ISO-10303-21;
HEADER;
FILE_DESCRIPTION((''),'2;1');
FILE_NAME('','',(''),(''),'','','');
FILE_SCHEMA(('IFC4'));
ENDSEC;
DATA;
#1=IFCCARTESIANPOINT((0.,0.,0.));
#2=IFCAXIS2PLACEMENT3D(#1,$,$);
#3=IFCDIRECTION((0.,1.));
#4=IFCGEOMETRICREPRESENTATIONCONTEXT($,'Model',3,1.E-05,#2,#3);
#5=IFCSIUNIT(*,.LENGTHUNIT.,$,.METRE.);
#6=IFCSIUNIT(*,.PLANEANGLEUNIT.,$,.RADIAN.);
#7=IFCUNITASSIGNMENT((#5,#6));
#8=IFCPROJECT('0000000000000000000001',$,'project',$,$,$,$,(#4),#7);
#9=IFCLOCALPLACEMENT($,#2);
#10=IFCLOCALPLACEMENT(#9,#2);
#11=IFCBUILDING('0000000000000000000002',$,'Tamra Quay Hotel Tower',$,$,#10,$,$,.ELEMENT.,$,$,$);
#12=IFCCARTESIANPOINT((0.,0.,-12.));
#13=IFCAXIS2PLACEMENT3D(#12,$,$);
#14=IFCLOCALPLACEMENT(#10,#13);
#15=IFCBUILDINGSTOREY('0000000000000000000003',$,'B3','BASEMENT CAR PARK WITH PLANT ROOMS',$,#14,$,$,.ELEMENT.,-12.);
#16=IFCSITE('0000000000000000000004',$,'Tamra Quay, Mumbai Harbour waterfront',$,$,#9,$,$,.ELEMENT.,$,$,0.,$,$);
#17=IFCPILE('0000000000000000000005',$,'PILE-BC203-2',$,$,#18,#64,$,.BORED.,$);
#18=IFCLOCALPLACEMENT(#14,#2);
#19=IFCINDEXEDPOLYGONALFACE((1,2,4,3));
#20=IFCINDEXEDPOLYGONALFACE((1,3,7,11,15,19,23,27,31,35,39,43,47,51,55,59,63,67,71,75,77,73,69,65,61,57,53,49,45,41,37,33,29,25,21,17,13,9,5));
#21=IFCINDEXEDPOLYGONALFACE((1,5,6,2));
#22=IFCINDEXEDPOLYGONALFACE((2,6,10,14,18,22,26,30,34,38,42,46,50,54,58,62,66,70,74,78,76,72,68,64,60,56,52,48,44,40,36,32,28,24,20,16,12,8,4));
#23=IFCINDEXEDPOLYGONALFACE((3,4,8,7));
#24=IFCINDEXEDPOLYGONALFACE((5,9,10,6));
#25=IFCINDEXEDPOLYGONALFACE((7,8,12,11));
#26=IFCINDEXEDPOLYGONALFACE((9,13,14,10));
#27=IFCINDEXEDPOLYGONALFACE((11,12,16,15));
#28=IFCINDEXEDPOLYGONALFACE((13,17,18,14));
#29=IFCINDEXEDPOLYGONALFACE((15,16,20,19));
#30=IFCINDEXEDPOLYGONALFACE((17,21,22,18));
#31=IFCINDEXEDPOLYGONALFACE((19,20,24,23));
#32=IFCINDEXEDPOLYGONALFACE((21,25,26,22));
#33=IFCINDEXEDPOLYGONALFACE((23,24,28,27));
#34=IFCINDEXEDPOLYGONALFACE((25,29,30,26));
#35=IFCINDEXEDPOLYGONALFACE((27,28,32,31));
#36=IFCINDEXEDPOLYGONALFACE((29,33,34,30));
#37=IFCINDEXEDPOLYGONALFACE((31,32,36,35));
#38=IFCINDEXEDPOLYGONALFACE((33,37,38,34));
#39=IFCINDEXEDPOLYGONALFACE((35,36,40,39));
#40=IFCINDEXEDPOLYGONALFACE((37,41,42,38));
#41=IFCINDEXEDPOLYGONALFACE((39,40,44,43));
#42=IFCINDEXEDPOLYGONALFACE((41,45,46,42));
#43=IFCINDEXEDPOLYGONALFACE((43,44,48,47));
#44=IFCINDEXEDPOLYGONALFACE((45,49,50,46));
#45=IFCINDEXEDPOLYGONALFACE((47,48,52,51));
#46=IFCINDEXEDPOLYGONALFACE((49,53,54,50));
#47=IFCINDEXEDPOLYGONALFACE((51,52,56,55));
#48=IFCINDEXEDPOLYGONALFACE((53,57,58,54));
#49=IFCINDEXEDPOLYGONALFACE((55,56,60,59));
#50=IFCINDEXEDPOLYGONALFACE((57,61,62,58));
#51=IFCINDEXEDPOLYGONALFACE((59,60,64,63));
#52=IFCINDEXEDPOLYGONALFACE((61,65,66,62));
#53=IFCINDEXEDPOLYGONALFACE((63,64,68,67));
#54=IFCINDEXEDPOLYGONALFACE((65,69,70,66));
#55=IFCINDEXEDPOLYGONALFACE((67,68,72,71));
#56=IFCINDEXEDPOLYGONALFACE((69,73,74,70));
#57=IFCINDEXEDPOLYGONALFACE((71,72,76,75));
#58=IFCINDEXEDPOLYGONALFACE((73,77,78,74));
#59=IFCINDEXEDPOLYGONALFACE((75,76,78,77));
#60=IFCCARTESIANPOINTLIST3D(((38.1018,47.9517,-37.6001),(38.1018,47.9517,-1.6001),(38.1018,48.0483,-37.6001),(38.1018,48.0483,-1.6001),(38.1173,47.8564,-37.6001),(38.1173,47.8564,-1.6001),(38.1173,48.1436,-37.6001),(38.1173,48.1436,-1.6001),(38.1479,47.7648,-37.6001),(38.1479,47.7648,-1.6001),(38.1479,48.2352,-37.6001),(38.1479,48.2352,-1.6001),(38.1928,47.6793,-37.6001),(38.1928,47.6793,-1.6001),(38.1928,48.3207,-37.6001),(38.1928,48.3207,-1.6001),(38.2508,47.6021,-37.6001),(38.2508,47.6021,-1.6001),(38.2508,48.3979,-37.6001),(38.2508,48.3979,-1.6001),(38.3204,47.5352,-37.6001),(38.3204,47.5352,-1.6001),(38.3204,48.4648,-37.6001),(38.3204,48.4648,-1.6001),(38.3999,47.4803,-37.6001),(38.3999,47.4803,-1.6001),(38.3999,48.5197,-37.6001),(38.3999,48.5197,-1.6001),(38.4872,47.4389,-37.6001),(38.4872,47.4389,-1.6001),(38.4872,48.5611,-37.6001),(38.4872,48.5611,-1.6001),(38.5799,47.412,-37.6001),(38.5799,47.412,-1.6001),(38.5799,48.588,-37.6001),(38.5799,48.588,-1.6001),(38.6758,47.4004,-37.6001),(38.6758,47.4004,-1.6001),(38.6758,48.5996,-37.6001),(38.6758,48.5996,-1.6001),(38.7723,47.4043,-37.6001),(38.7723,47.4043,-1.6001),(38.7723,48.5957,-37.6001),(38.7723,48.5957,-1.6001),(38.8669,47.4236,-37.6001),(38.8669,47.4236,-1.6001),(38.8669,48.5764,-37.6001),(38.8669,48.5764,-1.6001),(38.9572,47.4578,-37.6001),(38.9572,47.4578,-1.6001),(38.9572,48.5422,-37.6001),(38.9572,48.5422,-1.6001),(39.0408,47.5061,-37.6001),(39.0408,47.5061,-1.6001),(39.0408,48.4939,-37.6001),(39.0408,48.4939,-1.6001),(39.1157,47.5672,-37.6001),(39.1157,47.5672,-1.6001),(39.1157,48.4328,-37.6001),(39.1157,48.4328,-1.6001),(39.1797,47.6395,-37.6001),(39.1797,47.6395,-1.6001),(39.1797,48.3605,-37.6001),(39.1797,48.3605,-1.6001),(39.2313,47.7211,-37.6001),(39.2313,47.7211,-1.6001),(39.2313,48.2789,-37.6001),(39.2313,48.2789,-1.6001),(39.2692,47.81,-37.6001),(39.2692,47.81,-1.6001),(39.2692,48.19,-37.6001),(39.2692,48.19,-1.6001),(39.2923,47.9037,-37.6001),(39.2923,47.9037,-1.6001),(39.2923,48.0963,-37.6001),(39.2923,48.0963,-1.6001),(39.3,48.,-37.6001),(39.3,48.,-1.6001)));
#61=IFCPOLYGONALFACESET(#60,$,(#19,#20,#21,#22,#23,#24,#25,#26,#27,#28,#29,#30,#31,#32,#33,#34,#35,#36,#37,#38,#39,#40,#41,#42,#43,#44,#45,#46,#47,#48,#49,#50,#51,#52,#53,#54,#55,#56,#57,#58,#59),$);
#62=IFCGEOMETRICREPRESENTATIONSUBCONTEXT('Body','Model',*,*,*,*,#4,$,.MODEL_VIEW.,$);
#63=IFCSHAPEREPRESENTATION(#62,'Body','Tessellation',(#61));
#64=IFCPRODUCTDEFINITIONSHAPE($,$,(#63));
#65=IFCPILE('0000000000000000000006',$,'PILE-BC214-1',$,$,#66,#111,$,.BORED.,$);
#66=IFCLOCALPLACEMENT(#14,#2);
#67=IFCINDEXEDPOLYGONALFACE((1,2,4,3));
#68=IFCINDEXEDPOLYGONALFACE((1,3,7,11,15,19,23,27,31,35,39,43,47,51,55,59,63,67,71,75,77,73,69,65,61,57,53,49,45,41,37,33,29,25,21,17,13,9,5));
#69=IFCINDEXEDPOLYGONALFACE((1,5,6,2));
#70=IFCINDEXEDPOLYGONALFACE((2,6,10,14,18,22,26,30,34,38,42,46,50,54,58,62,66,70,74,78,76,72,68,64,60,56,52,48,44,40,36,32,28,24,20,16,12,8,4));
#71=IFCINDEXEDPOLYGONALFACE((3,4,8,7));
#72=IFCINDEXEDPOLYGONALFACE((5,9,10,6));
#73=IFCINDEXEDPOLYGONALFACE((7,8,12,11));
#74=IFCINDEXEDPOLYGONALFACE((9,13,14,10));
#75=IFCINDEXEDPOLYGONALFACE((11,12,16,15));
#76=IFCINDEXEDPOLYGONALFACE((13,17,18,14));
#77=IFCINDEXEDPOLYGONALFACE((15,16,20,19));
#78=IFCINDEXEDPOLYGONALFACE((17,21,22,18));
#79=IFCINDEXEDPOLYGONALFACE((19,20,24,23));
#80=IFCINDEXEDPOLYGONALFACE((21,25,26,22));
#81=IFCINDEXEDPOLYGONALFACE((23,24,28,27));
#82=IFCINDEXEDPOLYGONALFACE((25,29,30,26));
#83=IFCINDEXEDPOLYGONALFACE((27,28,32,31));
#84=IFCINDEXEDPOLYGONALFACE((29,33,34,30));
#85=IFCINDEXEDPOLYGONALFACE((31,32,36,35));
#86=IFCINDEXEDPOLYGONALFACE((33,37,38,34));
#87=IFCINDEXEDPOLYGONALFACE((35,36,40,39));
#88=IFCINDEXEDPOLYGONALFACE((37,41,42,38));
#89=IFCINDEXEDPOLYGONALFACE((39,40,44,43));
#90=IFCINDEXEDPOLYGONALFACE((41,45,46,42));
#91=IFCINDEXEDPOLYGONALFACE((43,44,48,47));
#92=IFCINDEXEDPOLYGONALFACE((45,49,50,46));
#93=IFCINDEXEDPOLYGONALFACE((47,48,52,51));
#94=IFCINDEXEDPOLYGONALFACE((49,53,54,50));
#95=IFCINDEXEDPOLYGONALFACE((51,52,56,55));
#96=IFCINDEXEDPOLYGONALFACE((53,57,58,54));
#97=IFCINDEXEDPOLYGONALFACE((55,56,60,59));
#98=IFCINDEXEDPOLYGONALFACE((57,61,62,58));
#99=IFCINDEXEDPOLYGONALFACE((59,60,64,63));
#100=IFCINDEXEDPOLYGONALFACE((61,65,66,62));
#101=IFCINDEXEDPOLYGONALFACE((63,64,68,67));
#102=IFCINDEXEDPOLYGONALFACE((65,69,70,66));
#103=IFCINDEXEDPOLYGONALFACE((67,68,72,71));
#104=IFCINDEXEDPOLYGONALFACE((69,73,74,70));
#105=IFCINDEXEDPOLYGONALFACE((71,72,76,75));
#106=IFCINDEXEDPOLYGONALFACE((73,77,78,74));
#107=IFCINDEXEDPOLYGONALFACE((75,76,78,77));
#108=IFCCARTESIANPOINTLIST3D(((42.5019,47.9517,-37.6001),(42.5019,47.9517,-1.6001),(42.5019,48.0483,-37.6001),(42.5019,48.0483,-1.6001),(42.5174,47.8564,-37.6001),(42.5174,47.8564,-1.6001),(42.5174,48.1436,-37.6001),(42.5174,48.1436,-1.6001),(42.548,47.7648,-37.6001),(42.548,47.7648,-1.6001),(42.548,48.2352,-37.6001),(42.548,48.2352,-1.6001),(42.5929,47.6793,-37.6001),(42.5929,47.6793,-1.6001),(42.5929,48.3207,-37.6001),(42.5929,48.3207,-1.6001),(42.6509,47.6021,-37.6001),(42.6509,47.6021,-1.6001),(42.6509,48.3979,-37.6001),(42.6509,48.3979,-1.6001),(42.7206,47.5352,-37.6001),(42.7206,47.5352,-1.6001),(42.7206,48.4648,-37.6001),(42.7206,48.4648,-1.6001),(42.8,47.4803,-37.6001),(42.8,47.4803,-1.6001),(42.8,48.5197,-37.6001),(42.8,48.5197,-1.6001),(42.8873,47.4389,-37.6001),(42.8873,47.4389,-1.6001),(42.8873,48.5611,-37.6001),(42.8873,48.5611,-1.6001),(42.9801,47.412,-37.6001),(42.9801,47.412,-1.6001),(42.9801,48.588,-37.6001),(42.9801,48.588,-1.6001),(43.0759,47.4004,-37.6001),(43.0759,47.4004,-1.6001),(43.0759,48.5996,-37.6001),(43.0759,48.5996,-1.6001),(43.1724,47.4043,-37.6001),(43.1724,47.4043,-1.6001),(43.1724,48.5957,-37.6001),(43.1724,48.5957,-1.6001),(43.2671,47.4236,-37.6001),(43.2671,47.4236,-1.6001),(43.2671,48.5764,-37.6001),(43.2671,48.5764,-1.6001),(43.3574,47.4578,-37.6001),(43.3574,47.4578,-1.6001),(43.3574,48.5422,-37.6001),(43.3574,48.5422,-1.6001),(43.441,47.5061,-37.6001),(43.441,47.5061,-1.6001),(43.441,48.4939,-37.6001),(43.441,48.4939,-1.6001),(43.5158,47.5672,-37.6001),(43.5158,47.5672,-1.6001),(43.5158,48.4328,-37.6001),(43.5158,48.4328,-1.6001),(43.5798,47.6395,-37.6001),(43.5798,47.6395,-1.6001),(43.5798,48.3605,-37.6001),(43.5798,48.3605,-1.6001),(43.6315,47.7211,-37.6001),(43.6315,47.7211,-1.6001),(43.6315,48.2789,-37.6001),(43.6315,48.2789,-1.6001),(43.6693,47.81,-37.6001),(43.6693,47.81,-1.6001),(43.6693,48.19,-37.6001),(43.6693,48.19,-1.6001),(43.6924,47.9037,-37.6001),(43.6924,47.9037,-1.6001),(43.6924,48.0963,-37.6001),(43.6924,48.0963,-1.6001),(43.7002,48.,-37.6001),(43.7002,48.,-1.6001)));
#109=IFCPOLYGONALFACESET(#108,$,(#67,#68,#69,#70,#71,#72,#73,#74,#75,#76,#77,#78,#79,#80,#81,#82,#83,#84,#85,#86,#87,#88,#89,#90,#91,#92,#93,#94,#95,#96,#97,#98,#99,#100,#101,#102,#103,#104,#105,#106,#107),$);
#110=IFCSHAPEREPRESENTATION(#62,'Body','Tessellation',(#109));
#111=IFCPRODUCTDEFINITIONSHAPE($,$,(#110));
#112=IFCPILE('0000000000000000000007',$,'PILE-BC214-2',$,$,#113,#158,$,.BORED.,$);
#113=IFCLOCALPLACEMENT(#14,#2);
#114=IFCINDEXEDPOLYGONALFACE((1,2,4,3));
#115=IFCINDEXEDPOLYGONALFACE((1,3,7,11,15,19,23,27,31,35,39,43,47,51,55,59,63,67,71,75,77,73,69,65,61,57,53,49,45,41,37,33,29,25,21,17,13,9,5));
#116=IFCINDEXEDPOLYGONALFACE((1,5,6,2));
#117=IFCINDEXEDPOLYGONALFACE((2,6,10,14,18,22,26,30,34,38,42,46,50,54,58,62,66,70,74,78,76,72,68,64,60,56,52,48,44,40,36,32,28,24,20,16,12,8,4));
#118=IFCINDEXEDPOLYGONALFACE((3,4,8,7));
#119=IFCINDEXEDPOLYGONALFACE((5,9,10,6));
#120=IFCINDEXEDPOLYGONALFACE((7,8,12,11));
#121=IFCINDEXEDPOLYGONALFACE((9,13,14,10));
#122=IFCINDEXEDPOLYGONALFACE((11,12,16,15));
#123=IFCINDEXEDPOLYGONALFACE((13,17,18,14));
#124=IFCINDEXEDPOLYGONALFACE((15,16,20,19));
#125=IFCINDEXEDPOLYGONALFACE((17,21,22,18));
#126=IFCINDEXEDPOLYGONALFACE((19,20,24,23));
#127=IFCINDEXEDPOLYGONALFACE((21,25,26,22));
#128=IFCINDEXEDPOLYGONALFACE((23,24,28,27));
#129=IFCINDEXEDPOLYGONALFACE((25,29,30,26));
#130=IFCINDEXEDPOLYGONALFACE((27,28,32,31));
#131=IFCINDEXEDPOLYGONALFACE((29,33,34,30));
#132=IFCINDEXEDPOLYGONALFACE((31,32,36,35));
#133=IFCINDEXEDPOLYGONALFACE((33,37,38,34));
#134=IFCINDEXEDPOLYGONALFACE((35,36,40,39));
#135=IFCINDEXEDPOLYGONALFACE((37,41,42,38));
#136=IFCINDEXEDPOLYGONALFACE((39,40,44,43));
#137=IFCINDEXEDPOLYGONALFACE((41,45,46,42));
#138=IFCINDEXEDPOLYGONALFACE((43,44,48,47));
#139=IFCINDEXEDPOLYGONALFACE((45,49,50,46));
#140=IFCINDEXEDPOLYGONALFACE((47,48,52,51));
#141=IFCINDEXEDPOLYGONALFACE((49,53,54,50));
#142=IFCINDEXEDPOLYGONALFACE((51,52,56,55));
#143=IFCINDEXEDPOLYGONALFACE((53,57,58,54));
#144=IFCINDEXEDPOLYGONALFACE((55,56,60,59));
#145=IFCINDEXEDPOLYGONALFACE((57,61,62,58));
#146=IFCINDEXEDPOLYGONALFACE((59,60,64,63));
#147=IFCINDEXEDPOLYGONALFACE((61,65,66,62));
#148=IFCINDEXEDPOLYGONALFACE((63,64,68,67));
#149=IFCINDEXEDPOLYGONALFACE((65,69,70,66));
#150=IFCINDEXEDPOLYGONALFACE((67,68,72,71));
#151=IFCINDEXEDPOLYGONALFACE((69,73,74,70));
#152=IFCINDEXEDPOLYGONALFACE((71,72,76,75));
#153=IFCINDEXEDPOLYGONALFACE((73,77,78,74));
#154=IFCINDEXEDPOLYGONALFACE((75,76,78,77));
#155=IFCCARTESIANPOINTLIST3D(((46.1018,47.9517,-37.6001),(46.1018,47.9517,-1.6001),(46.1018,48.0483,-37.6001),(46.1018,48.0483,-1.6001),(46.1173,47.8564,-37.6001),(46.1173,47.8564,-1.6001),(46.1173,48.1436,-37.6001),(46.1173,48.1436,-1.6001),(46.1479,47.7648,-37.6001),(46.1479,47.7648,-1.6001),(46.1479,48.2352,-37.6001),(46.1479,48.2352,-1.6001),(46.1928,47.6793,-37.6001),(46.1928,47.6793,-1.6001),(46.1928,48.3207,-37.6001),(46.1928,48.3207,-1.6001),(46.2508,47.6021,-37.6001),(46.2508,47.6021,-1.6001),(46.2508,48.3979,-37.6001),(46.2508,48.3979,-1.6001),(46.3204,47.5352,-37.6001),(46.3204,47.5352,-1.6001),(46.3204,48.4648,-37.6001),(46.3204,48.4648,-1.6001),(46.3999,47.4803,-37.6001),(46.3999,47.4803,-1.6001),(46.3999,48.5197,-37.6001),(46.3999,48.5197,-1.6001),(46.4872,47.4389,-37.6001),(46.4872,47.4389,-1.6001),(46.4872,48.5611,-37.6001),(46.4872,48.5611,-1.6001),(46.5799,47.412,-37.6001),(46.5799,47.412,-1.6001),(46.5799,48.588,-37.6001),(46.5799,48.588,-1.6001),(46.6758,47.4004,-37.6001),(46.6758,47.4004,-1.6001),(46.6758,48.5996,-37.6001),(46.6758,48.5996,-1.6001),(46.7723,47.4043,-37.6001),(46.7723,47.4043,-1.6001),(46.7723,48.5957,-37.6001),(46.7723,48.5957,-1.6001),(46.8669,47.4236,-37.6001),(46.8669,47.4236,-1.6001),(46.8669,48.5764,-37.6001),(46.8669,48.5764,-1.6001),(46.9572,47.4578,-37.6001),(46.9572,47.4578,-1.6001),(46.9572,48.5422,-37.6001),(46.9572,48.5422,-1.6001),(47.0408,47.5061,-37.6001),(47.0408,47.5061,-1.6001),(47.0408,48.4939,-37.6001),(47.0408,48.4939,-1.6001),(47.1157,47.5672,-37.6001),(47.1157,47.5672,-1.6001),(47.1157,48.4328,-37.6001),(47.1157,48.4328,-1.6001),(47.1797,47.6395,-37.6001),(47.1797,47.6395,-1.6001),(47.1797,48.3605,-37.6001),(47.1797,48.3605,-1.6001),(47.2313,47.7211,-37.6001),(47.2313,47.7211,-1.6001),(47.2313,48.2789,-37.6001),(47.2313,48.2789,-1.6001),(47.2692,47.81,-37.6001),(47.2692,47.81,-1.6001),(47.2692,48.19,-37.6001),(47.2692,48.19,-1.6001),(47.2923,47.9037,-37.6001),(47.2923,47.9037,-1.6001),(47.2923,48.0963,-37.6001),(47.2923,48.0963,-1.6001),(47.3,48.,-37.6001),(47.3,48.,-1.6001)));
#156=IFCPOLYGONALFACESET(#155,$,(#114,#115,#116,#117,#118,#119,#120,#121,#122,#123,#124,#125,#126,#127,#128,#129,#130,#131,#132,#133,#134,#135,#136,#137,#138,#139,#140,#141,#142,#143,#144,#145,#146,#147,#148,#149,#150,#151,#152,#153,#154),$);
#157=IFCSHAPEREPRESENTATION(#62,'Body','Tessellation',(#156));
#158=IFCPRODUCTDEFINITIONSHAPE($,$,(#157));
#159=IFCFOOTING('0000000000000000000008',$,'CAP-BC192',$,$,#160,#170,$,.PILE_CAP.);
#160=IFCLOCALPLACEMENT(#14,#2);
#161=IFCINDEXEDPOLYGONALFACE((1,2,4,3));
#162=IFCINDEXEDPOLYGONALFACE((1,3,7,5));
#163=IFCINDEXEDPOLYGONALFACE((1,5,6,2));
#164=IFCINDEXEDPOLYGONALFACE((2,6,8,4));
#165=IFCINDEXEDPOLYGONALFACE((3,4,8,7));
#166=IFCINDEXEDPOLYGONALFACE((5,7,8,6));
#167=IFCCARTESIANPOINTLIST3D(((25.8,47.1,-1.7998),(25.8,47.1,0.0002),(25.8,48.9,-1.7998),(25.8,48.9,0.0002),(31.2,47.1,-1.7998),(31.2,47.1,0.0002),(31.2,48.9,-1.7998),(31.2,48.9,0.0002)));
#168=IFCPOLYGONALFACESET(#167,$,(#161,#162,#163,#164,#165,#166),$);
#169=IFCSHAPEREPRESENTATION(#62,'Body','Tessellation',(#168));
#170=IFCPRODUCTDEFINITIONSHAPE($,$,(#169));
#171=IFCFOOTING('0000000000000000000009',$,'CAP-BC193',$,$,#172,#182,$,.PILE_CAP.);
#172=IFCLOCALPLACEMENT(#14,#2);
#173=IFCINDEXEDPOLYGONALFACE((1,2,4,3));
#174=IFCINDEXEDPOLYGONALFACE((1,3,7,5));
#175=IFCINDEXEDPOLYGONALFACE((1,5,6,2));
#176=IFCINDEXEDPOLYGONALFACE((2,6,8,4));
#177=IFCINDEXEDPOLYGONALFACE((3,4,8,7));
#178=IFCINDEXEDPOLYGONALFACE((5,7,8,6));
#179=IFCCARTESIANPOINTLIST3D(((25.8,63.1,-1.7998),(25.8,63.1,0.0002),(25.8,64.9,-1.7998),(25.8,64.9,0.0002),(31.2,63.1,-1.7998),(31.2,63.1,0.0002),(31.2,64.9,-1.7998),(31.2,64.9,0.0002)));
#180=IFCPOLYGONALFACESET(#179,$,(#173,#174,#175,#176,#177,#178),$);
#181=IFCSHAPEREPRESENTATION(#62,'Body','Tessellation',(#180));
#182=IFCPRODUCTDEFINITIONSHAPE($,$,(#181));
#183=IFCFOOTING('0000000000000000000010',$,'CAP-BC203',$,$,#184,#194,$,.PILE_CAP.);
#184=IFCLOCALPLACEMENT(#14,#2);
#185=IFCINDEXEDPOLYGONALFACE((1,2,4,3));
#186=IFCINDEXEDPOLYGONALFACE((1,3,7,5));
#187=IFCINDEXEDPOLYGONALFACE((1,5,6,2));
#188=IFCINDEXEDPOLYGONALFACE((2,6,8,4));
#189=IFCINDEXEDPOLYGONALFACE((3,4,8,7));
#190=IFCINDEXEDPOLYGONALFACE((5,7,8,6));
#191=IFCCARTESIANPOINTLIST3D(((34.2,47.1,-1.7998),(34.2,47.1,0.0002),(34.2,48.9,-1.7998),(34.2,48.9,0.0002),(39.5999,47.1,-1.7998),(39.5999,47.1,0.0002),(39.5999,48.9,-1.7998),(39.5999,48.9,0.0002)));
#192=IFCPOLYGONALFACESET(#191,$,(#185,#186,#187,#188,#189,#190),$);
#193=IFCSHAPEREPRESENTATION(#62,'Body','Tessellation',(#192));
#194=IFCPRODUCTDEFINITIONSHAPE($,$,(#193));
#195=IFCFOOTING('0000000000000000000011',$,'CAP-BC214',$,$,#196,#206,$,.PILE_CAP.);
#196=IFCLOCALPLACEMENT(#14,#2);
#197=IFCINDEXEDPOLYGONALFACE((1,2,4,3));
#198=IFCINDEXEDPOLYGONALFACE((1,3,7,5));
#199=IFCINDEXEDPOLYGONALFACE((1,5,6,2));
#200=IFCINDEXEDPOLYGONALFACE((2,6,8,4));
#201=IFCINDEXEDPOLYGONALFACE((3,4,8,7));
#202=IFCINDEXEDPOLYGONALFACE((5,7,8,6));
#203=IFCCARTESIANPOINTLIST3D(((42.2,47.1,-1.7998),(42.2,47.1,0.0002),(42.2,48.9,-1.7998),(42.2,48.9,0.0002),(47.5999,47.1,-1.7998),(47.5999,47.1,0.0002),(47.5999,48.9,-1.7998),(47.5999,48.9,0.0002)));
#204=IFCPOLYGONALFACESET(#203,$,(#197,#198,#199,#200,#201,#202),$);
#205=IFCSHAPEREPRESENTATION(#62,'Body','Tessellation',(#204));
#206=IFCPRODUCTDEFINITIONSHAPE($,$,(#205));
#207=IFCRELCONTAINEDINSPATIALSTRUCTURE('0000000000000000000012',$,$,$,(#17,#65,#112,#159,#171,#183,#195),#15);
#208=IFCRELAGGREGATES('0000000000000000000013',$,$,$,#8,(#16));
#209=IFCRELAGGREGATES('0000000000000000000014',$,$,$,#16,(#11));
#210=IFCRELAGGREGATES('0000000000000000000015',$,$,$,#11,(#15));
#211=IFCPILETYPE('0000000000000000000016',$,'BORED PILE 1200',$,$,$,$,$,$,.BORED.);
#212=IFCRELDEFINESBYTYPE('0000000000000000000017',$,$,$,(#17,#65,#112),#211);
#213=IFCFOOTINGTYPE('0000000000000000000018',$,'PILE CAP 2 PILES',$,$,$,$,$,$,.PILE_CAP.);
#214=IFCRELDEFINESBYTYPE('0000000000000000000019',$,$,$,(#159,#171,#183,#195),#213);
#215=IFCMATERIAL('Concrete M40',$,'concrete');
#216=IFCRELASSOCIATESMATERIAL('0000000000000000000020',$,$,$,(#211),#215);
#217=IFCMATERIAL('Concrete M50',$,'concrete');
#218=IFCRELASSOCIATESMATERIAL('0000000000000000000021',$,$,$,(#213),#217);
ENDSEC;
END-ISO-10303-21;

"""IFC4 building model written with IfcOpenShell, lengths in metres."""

from ifc_helpers import new_model, si_unit, direction, frame, origin, origin_2d, place, context, subcontext, project, spatial, rectangle, circle, extrude, material, material_profile, profile_set, type_object, element, save


model = new_model("IFC4")

# Units and contexts
model_context = context("Model", 3, precision=1e-05, world=origin(), true_north=direction((0.0, 1.0)))
body_context = subcontext(model_context, "Body", "Model", "MODEL_VIEW")
ifc_project = project(units=[si_unit("LENGTHUNIT", "METRE"), si_unit("PLANEANGLEUNIT", "RADIAN")], contexts=[model_context])

# Site, building, storey
site_placement = place(None, origin())
site = spatial("IfcSite", under=ifc_project, at=site_placement, Name="Tamra Quay, Mumbai Harbour waterfront", CompositionType="ELEMENT", RefElevation=0.0)
building_placement = place(site_placement, origin())
building = spatial("IfcBuilding", under=site, at=building_placement, Name="Tamra Quay Hotel Tower", CompositionType="ELEMENT")
storey_placement = place(building_placement, frame((0.0, 0.0, -12.0)))
storey = spatial("IfcBuildingStorey", under=building, at=storey_placement, Name="B3", Description="BASEMENT CAR PARK WITH PLANT ROOMS", CompositionType="ELEMENT", Elevation=-12.0)

# Piles
ifc_material_1 = material(Name="Concrete M40", Category="concrete")
ifc_material_profile_1 = material_profile(ifc_material_1, circle(Radius=0.6001, at=origin_2d()), Name="BORED PILE 1200")
ifc_profile_set_1 = profile_set([ifc_material_profile_1], Name="Concrete M40")
pile_type = type_object("IfcPileType", Name="BORED PILE 1200", PredefinedType="BORED", material=ifc_profile_set_1)
for number, where, z_axis, x_axis, name in (
    (1, (38.7, 48.0, -1.6001), (0.0, 0.0, -1.0), (1.0, 0.0, 0.0), "PILE-BC203-2"),
    (2, (43.1001, 48.0, -1.6001), (0.0, 0.0, -1.0), (1.0, 0.0, 0.0), "PILE-BC214-1"),
    (3, (46.7, 48.0, -1.6001), (0.0, 0.0, -1.0), (1.0, 0.0, 0.0), "PILE-BC214-2"),
):
    element("IfcPile", number, at=place(storey_placement, frame(where, z_axis=z_axis, x_axis=x_axis)), inside=storey, type_object=pile_type, Name=name, PredefinedType="BORED", context=body_context, shape_type="SweptSolid", body=[
        extrude(circle(Radius=0.6001, at=origin_2d()), origin(), (0.0, 0.0, 1.0), 36.0),
    ])

# Footings
ifc_material_2 = material(Name="Concrete M50", Category="concrete")
footing_type = type_object("IfcFootingType", Name="PILE CAP 2 PILES", PredefinedType="PILE_CAP", material=ifc_material_2)
for number, where, z_axis, x_axis, name in (
    (4, (28.5, 48.0, -1.7998), (0.0, 0.0, 1.0), (1.0, 0.0, 0.0), "CAP-BC192"),
    (5, (28.5, 64.0, -1.7998), (0.0, 0.0, 1.0), (1.0, 0.0, 0.0), "CAP-BC193"),
    (6, (36.8999, 48.0, -1.7998), (0.0, 0.0, 1.0), (1.0, 0.0, 0.0), "CAP-BC203"),
    (7, (44.8999, 48.0, -1.7998), (0.0, 0.0, 1.0), (1.0, 0.0, 0.0), "CAP-BC214"),
):
    element("IfcFooting", number, at=place(storey_placement, frame(where, z_axis=z_axis, x_axis=x_axis)), inside=storey, type_object=footing_type, Name=name, PredefinedType="PILE_CAP", context=body_context, shape_type="SweptSolid", body=[
        extrude(rectangle(XDim=5.3999, YDim=1.8, at=origin_2d()), origin(), (0.0, 0.0, 1.0), 1.8),
    ])

save(model, "model.ifc")
